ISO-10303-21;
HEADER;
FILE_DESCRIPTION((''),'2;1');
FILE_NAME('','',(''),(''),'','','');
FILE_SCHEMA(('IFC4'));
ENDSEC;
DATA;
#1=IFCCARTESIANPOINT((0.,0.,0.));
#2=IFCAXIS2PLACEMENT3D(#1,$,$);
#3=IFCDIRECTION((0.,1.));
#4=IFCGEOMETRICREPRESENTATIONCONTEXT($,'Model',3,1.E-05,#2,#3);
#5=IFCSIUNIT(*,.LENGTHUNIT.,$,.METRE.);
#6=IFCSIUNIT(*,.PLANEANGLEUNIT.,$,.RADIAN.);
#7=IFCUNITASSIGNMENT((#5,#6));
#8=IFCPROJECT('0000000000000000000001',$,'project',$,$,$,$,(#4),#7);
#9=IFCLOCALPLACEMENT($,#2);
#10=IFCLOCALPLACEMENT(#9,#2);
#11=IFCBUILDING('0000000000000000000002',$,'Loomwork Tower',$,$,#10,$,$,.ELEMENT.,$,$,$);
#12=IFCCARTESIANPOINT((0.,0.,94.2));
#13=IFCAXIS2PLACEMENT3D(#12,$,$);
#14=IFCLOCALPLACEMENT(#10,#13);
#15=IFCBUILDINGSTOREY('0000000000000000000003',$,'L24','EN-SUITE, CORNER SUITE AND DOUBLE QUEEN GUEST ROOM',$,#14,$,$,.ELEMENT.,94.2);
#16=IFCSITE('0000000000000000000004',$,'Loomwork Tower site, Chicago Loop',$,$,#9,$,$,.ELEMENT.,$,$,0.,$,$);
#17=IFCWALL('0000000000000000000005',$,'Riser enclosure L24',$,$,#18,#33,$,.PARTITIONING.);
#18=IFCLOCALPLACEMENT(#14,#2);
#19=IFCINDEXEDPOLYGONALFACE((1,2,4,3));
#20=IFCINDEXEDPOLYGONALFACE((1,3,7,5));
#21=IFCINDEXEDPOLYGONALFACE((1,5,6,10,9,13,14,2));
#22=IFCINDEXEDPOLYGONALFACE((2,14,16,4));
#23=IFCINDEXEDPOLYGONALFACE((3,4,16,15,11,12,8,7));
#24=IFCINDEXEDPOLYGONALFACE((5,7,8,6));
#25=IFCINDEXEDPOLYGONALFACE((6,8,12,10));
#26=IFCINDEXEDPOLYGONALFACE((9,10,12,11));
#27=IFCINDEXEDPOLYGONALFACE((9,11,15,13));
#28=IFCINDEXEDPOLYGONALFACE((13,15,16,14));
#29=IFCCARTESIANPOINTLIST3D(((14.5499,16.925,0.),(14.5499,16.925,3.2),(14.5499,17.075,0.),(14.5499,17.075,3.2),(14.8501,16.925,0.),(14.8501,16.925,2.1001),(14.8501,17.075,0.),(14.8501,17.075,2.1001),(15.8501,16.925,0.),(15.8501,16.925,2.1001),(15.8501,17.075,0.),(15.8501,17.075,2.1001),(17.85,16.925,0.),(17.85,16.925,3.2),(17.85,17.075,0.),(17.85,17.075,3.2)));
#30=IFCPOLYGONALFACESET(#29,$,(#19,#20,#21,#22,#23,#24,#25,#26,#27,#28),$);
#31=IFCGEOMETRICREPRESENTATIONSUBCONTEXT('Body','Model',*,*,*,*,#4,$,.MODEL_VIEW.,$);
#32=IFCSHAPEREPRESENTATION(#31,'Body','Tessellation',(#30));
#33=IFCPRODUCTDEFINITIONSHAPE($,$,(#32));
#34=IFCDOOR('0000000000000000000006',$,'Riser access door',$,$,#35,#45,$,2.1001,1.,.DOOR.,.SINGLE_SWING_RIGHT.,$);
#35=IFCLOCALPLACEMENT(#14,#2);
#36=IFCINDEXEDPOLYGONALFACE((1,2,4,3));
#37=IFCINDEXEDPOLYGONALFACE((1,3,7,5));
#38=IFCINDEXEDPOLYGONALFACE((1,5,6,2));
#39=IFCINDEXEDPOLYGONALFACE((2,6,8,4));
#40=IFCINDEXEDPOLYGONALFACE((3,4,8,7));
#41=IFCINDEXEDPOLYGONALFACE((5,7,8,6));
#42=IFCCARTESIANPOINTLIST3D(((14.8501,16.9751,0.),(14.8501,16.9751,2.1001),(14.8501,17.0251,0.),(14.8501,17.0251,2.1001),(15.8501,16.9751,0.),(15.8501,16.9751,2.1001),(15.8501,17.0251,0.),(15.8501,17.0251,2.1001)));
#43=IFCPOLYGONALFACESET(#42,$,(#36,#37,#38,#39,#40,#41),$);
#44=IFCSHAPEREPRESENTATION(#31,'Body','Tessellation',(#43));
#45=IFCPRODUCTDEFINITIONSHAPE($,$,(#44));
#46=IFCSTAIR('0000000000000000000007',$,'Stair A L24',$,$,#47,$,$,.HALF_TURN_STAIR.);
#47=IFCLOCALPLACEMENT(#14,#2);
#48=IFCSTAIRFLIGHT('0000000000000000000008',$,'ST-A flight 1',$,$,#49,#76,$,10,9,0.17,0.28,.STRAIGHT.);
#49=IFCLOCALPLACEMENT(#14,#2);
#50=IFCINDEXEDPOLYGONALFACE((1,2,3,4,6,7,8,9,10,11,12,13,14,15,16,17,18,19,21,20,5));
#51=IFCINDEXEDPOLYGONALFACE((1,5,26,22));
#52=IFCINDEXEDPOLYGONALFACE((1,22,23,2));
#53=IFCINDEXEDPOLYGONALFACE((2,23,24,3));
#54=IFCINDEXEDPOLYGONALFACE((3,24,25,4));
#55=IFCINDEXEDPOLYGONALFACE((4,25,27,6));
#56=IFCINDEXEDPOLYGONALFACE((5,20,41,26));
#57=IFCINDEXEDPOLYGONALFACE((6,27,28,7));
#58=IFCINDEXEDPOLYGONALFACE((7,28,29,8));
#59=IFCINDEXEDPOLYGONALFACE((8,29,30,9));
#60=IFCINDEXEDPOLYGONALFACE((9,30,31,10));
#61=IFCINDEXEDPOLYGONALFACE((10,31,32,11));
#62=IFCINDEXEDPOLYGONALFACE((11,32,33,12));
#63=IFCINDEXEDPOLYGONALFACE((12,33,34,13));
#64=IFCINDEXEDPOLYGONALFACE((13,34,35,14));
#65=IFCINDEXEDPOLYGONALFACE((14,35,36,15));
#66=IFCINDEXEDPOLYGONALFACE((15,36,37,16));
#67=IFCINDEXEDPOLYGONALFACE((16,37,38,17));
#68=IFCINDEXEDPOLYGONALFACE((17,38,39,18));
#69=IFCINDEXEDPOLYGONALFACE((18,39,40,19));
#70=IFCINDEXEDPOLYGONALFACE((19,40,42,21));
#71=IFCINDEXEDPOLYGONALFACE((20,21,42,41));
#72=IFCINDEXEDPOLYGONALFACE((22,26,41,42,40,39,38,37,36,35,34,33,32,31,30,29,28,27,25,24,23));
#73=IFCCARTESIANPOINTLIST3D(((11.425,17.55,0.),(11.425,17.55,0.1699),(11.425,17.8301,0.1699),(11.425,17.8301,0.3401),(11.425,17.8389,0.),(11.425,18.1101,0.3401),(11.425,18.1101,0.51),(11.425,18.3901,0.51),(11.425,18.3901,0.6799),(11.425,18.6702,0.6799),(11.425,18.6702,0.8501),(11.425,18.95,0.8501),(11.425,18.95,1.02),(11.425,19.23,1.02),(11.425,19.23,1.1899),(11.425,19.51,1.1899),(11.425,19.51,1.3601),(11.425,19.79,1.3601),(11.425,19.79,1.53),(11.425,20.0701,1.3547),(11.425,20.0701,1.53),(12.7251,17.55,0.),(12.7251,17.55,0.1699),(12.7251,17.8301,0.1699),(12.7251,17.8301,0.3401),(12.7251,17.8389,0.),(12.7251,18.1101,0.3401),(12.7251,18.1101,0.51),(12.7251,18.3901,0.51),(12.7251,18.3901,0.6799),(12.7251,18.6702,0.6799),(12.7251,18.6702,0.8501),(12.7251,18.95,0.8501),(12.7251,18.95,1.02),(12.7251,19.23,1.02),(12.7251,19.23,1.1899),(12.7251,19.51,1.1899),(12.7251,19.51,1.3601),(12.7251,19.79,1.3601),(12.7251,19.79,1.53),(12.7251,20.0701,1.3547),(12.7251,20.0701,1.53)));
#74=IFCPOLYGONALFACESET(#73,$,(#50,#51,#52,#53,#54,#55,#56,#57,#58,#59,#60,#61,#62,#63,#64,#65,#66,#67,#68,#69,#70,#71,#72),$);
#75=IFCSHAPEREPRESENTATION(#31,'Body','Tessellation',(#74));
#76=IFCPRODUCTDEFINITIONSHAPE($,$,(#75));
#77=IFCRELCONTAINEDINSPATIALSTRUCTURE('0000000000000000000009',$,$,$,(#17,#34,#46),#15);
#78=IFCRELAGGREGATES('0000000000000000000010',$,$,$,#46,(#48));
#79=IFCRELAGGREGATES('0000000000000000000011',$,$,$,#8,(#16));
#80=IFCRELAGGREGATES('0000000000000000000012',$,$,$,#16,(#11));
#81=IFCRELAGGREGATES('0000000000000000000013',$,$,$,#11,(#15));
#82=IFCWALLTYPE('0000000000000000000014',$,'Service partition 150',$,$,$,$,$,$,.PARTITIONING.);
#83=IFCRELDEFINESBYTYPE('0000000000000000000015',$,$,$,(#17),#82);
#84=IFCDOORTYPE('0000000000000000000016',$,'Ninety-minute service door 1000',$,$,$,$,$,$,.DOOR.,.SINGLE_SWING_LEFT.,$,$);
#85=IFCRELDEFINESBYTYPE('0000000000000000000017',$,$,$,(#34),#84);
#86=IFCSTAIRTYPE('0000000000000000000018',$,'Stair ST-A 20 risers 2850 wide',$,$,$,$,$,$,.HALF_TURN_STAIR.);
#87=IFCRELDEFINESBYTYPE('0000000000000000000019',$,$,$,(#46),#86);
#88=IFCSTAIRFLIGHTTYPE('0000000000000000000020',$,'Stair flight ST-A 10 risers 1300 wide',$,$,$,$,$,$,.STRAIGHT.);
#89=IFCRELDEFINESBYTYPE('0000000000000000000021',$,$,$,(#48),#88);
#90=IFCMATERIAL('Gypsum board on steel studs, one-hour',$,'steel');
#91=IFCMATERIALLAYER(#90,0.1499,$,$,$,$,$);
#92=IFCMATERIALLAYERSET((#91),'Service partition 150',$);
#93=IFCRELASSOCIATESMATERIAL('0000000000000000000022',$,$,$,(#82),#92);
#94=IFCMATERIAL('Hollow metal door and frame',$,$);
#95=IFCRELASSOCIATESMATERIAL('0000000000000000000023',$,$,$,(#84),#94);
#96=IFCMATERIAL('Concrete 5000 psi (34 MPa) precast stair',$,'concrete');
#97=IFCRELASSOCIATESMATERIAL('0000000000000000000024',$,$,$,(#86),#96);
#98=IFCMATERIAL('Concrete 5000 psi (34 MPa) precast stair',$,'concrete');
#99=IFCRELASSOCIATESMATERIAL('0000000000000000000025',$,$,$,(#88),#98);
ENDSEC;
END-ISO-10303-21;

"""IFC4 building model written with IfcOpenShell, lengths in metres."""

from ifc_helpers import new_model, si_unit, direction, frame, frame_2d, origin, place, context, subcontext, project, spatial, polyline, rectangle, outline, extrude, material, layer, layer_set, type_object, element, fill, aggregate, save


model = new_model("IFC4")

# Units and contexts
model_context = context("Model", 3, precision=1e-05, world=origin(), true_north=direction((0.0, 1.0)))
body_context = subcontext(model_context, "Body", "Model", "MODEL_VIEW")
ifc_project = project(units=[si_unit("LENGTHUNIT", "METRE"), si_unit("PLANEANGLEUNIT", "RADIAN")], contexts=[model_context])

# Site, building, storey
site_placement = place(None, origin())
site = spatial("IfcSite", under=ifc_project, at=site_placement, Name="Loomwork Tower site, Chicago Loop", CompositionType="ELEMENT", RefElevation=0.0)
building_placement = place(site_placement, origin())
building = spatial("IfcBuilding", under=site, at=building_placement, Name="Loomwork Tower", CompositionType="ELEMENT")
storey_placement = place(building_placement, frame((0.0, 0.0, 94.2)))
storey = spatial("IfcBuildingStorey", under=building, at=storey_placement, Name="L24", Description="EN-SUITE, CORNER SUITE AND DOUBLE QUEEN GUEST ROOM", CompositionType="ELEMENT", Elevation=94.2)

# Wall, opening, door
ifc_material_1 = material(Name="Gypsum board on steel studs, one-hour", Category="steel")
ifc_layer_1 = layer(ifc_material_1, 0.1499)
ifc_layer_set_1 = layer_set([ifc_layer_1], Name="Service partition 150")
wall_type_1 = type_object("IfcWallType", Name="Service partition 150", PredefinedType="PARTITIONING", material=ifc_layer_set_1)
wall_1_placement = place(storey_placement, frame((14.55, 17.0, 0.0), z_axis=(0.0, 0.0, 1.0), x_axis=(1.0, 0.0, 0.0)))
wall_1 = element("IfcWall", 1, at=wall_1_placement, inside=storey, type_object=wall_type_1, Name="Riser enclosure L24", PredefinedType="PARTITIONING", context=body_context, shape_type="SweptSolid", body=[
    extrude(rectangle(XDim=3.3, YDim=0.1499, at=frame_2d((1.6499, 0.0))), origin(), (0.0, 0.0, 1.0), 3.2),
])
opening_1_placement = place(wall_1_placement, frame((0.3, 0.0, 0.0)))
opening_1 = element("IfcOpeningElement", 2, at=opening_1_placement, cuts=wall_1, PredefinedType="OPENING", context=body_context, shape_type="SweptSolid", body=[
    extrude(rectangle(XDim=1.0, YDim=2.1001, at=frame_2d((0.5, 1.05))), frame((0.0, 0.085, 0.0), z_axis=(0.0, -1.0, 0.0), x_axis=(1.0, 0.0, 0.0)), (0.0, 0.0, 1.0), 0.1699),
])
ifc_material_2 = material(Name="Hollow metal door and frame")
door_type_1 = type_object("IfcDoorType", Name="Ninety-minute service door 1000", OperationType="SINGLE_SWING_LEFT", PredefinedType="DOOR", material=ifc_material_2)
door_1_placement = place(opening_1_placement, frame((1.0, 0.0, 0.0), z_axis=(0.0, 0.0, 1.0), x_axis=(-1.0, 0.0, 0.0)))
door_1 = element("IfcDoor", 3, at=door_1_placement, inside=storey, type_object=door_type_1, Name="Riser access door", OperationType="SINGLE_SWING_RIGHT", OverallHeight=2.1001, OverallWidth=1.0, PredefinedType="DOOR", context=body_context, shape_type="SweptSolid", body=[
    extrude(rectangle(XDim=1.0, YDim=2.1001, at=frame_2d((0.5, 1.05))), frame((0.0, 0.0249, 0.0), z_axis=(0.0, -1.0, 0.0), x_axis=(1.0, 0.0, 0.0)), (0.0, 0.0, 1.0), 0.05),
])
fill(opening_1, door_1)

# Stair, stair flight
ifc_material_3 = material(Name="Concrete 5000 psi (34 MPa) precast stair", Category="concrete")
stair_type = type_object("IfcStairType", Name="Stair ST-A 20 risers 2850 wide", PredefinedType="HALF_TURN_STAIR", material=ifc_material_3)
stair_placement = place(storey_placement, origin())
stair = element("IfcStair", 4, at=stair_placement, inside=storey, type_object=stair_type, Name="Stair A L24", PredefinedType="HALF_TURN_STAIR")
ifc_material_4 = material(Name="Concrete 5000 psi (34 MPa) precast stair", Category="concrete")
stair_flight_type = type_object("IfcStairFlightType", Name="Stair flight ST-A 10 risers 1300 wide", PredefinedType="STRAIGHT", material=ifc_material_4)
stair_flight_placement = place(storey_placement, frame((12.075, 17.55, 0.0), z_axis=(0.0, 0.0, 1.0), x_axis=(0.0, 1.0, 0.0)))
stair_flight = element("IfcStairFlight", 5, at=stair_flight_placement, type_object=stair_flight_type, Name="ST-A flight 1", NumberOfRisers=10, NumberOfTreads=9, PredefinedType="STRAIGHT", RiserHeight=0.17, TreadLength=0.28, context=body_context, shape_type="SweptSolid", body=[
    extrude(outline(polyline([(0.0, 0.0), (0.0, 0.1699), (0.28, 0.1699), (0.28, 0.3401), (0.5601, 0.3401), (0.5601, 0.51), (0.8401, 0.51), (0.8401, 0.6799), (1.1201, 0.6799), (1.1201, 0.8501), (1.3999, 0.8501), (1.3999, 1.02), (1.6799, 1.02), (1.6799, 1.1899), (1.96, 1.1899), (1.96, 1.3601), (2.24, 1.3601), (2.24, 1.53), (2.52, 1.53), (2.52, 1.7), (2.52, 1.3547), (0.2888, 0.0), (0.0, 0.0)])), frame((0.0, 0.6499, 0.0), z_axis=(0.0, -1.0, 0.0), x_axis=(1.0, 0.0, 0.0)), (0.0, 0.0, 1.0), 1.3),
])
aggregate(stair, [stair_flight])

save(model, "model.ifc")
